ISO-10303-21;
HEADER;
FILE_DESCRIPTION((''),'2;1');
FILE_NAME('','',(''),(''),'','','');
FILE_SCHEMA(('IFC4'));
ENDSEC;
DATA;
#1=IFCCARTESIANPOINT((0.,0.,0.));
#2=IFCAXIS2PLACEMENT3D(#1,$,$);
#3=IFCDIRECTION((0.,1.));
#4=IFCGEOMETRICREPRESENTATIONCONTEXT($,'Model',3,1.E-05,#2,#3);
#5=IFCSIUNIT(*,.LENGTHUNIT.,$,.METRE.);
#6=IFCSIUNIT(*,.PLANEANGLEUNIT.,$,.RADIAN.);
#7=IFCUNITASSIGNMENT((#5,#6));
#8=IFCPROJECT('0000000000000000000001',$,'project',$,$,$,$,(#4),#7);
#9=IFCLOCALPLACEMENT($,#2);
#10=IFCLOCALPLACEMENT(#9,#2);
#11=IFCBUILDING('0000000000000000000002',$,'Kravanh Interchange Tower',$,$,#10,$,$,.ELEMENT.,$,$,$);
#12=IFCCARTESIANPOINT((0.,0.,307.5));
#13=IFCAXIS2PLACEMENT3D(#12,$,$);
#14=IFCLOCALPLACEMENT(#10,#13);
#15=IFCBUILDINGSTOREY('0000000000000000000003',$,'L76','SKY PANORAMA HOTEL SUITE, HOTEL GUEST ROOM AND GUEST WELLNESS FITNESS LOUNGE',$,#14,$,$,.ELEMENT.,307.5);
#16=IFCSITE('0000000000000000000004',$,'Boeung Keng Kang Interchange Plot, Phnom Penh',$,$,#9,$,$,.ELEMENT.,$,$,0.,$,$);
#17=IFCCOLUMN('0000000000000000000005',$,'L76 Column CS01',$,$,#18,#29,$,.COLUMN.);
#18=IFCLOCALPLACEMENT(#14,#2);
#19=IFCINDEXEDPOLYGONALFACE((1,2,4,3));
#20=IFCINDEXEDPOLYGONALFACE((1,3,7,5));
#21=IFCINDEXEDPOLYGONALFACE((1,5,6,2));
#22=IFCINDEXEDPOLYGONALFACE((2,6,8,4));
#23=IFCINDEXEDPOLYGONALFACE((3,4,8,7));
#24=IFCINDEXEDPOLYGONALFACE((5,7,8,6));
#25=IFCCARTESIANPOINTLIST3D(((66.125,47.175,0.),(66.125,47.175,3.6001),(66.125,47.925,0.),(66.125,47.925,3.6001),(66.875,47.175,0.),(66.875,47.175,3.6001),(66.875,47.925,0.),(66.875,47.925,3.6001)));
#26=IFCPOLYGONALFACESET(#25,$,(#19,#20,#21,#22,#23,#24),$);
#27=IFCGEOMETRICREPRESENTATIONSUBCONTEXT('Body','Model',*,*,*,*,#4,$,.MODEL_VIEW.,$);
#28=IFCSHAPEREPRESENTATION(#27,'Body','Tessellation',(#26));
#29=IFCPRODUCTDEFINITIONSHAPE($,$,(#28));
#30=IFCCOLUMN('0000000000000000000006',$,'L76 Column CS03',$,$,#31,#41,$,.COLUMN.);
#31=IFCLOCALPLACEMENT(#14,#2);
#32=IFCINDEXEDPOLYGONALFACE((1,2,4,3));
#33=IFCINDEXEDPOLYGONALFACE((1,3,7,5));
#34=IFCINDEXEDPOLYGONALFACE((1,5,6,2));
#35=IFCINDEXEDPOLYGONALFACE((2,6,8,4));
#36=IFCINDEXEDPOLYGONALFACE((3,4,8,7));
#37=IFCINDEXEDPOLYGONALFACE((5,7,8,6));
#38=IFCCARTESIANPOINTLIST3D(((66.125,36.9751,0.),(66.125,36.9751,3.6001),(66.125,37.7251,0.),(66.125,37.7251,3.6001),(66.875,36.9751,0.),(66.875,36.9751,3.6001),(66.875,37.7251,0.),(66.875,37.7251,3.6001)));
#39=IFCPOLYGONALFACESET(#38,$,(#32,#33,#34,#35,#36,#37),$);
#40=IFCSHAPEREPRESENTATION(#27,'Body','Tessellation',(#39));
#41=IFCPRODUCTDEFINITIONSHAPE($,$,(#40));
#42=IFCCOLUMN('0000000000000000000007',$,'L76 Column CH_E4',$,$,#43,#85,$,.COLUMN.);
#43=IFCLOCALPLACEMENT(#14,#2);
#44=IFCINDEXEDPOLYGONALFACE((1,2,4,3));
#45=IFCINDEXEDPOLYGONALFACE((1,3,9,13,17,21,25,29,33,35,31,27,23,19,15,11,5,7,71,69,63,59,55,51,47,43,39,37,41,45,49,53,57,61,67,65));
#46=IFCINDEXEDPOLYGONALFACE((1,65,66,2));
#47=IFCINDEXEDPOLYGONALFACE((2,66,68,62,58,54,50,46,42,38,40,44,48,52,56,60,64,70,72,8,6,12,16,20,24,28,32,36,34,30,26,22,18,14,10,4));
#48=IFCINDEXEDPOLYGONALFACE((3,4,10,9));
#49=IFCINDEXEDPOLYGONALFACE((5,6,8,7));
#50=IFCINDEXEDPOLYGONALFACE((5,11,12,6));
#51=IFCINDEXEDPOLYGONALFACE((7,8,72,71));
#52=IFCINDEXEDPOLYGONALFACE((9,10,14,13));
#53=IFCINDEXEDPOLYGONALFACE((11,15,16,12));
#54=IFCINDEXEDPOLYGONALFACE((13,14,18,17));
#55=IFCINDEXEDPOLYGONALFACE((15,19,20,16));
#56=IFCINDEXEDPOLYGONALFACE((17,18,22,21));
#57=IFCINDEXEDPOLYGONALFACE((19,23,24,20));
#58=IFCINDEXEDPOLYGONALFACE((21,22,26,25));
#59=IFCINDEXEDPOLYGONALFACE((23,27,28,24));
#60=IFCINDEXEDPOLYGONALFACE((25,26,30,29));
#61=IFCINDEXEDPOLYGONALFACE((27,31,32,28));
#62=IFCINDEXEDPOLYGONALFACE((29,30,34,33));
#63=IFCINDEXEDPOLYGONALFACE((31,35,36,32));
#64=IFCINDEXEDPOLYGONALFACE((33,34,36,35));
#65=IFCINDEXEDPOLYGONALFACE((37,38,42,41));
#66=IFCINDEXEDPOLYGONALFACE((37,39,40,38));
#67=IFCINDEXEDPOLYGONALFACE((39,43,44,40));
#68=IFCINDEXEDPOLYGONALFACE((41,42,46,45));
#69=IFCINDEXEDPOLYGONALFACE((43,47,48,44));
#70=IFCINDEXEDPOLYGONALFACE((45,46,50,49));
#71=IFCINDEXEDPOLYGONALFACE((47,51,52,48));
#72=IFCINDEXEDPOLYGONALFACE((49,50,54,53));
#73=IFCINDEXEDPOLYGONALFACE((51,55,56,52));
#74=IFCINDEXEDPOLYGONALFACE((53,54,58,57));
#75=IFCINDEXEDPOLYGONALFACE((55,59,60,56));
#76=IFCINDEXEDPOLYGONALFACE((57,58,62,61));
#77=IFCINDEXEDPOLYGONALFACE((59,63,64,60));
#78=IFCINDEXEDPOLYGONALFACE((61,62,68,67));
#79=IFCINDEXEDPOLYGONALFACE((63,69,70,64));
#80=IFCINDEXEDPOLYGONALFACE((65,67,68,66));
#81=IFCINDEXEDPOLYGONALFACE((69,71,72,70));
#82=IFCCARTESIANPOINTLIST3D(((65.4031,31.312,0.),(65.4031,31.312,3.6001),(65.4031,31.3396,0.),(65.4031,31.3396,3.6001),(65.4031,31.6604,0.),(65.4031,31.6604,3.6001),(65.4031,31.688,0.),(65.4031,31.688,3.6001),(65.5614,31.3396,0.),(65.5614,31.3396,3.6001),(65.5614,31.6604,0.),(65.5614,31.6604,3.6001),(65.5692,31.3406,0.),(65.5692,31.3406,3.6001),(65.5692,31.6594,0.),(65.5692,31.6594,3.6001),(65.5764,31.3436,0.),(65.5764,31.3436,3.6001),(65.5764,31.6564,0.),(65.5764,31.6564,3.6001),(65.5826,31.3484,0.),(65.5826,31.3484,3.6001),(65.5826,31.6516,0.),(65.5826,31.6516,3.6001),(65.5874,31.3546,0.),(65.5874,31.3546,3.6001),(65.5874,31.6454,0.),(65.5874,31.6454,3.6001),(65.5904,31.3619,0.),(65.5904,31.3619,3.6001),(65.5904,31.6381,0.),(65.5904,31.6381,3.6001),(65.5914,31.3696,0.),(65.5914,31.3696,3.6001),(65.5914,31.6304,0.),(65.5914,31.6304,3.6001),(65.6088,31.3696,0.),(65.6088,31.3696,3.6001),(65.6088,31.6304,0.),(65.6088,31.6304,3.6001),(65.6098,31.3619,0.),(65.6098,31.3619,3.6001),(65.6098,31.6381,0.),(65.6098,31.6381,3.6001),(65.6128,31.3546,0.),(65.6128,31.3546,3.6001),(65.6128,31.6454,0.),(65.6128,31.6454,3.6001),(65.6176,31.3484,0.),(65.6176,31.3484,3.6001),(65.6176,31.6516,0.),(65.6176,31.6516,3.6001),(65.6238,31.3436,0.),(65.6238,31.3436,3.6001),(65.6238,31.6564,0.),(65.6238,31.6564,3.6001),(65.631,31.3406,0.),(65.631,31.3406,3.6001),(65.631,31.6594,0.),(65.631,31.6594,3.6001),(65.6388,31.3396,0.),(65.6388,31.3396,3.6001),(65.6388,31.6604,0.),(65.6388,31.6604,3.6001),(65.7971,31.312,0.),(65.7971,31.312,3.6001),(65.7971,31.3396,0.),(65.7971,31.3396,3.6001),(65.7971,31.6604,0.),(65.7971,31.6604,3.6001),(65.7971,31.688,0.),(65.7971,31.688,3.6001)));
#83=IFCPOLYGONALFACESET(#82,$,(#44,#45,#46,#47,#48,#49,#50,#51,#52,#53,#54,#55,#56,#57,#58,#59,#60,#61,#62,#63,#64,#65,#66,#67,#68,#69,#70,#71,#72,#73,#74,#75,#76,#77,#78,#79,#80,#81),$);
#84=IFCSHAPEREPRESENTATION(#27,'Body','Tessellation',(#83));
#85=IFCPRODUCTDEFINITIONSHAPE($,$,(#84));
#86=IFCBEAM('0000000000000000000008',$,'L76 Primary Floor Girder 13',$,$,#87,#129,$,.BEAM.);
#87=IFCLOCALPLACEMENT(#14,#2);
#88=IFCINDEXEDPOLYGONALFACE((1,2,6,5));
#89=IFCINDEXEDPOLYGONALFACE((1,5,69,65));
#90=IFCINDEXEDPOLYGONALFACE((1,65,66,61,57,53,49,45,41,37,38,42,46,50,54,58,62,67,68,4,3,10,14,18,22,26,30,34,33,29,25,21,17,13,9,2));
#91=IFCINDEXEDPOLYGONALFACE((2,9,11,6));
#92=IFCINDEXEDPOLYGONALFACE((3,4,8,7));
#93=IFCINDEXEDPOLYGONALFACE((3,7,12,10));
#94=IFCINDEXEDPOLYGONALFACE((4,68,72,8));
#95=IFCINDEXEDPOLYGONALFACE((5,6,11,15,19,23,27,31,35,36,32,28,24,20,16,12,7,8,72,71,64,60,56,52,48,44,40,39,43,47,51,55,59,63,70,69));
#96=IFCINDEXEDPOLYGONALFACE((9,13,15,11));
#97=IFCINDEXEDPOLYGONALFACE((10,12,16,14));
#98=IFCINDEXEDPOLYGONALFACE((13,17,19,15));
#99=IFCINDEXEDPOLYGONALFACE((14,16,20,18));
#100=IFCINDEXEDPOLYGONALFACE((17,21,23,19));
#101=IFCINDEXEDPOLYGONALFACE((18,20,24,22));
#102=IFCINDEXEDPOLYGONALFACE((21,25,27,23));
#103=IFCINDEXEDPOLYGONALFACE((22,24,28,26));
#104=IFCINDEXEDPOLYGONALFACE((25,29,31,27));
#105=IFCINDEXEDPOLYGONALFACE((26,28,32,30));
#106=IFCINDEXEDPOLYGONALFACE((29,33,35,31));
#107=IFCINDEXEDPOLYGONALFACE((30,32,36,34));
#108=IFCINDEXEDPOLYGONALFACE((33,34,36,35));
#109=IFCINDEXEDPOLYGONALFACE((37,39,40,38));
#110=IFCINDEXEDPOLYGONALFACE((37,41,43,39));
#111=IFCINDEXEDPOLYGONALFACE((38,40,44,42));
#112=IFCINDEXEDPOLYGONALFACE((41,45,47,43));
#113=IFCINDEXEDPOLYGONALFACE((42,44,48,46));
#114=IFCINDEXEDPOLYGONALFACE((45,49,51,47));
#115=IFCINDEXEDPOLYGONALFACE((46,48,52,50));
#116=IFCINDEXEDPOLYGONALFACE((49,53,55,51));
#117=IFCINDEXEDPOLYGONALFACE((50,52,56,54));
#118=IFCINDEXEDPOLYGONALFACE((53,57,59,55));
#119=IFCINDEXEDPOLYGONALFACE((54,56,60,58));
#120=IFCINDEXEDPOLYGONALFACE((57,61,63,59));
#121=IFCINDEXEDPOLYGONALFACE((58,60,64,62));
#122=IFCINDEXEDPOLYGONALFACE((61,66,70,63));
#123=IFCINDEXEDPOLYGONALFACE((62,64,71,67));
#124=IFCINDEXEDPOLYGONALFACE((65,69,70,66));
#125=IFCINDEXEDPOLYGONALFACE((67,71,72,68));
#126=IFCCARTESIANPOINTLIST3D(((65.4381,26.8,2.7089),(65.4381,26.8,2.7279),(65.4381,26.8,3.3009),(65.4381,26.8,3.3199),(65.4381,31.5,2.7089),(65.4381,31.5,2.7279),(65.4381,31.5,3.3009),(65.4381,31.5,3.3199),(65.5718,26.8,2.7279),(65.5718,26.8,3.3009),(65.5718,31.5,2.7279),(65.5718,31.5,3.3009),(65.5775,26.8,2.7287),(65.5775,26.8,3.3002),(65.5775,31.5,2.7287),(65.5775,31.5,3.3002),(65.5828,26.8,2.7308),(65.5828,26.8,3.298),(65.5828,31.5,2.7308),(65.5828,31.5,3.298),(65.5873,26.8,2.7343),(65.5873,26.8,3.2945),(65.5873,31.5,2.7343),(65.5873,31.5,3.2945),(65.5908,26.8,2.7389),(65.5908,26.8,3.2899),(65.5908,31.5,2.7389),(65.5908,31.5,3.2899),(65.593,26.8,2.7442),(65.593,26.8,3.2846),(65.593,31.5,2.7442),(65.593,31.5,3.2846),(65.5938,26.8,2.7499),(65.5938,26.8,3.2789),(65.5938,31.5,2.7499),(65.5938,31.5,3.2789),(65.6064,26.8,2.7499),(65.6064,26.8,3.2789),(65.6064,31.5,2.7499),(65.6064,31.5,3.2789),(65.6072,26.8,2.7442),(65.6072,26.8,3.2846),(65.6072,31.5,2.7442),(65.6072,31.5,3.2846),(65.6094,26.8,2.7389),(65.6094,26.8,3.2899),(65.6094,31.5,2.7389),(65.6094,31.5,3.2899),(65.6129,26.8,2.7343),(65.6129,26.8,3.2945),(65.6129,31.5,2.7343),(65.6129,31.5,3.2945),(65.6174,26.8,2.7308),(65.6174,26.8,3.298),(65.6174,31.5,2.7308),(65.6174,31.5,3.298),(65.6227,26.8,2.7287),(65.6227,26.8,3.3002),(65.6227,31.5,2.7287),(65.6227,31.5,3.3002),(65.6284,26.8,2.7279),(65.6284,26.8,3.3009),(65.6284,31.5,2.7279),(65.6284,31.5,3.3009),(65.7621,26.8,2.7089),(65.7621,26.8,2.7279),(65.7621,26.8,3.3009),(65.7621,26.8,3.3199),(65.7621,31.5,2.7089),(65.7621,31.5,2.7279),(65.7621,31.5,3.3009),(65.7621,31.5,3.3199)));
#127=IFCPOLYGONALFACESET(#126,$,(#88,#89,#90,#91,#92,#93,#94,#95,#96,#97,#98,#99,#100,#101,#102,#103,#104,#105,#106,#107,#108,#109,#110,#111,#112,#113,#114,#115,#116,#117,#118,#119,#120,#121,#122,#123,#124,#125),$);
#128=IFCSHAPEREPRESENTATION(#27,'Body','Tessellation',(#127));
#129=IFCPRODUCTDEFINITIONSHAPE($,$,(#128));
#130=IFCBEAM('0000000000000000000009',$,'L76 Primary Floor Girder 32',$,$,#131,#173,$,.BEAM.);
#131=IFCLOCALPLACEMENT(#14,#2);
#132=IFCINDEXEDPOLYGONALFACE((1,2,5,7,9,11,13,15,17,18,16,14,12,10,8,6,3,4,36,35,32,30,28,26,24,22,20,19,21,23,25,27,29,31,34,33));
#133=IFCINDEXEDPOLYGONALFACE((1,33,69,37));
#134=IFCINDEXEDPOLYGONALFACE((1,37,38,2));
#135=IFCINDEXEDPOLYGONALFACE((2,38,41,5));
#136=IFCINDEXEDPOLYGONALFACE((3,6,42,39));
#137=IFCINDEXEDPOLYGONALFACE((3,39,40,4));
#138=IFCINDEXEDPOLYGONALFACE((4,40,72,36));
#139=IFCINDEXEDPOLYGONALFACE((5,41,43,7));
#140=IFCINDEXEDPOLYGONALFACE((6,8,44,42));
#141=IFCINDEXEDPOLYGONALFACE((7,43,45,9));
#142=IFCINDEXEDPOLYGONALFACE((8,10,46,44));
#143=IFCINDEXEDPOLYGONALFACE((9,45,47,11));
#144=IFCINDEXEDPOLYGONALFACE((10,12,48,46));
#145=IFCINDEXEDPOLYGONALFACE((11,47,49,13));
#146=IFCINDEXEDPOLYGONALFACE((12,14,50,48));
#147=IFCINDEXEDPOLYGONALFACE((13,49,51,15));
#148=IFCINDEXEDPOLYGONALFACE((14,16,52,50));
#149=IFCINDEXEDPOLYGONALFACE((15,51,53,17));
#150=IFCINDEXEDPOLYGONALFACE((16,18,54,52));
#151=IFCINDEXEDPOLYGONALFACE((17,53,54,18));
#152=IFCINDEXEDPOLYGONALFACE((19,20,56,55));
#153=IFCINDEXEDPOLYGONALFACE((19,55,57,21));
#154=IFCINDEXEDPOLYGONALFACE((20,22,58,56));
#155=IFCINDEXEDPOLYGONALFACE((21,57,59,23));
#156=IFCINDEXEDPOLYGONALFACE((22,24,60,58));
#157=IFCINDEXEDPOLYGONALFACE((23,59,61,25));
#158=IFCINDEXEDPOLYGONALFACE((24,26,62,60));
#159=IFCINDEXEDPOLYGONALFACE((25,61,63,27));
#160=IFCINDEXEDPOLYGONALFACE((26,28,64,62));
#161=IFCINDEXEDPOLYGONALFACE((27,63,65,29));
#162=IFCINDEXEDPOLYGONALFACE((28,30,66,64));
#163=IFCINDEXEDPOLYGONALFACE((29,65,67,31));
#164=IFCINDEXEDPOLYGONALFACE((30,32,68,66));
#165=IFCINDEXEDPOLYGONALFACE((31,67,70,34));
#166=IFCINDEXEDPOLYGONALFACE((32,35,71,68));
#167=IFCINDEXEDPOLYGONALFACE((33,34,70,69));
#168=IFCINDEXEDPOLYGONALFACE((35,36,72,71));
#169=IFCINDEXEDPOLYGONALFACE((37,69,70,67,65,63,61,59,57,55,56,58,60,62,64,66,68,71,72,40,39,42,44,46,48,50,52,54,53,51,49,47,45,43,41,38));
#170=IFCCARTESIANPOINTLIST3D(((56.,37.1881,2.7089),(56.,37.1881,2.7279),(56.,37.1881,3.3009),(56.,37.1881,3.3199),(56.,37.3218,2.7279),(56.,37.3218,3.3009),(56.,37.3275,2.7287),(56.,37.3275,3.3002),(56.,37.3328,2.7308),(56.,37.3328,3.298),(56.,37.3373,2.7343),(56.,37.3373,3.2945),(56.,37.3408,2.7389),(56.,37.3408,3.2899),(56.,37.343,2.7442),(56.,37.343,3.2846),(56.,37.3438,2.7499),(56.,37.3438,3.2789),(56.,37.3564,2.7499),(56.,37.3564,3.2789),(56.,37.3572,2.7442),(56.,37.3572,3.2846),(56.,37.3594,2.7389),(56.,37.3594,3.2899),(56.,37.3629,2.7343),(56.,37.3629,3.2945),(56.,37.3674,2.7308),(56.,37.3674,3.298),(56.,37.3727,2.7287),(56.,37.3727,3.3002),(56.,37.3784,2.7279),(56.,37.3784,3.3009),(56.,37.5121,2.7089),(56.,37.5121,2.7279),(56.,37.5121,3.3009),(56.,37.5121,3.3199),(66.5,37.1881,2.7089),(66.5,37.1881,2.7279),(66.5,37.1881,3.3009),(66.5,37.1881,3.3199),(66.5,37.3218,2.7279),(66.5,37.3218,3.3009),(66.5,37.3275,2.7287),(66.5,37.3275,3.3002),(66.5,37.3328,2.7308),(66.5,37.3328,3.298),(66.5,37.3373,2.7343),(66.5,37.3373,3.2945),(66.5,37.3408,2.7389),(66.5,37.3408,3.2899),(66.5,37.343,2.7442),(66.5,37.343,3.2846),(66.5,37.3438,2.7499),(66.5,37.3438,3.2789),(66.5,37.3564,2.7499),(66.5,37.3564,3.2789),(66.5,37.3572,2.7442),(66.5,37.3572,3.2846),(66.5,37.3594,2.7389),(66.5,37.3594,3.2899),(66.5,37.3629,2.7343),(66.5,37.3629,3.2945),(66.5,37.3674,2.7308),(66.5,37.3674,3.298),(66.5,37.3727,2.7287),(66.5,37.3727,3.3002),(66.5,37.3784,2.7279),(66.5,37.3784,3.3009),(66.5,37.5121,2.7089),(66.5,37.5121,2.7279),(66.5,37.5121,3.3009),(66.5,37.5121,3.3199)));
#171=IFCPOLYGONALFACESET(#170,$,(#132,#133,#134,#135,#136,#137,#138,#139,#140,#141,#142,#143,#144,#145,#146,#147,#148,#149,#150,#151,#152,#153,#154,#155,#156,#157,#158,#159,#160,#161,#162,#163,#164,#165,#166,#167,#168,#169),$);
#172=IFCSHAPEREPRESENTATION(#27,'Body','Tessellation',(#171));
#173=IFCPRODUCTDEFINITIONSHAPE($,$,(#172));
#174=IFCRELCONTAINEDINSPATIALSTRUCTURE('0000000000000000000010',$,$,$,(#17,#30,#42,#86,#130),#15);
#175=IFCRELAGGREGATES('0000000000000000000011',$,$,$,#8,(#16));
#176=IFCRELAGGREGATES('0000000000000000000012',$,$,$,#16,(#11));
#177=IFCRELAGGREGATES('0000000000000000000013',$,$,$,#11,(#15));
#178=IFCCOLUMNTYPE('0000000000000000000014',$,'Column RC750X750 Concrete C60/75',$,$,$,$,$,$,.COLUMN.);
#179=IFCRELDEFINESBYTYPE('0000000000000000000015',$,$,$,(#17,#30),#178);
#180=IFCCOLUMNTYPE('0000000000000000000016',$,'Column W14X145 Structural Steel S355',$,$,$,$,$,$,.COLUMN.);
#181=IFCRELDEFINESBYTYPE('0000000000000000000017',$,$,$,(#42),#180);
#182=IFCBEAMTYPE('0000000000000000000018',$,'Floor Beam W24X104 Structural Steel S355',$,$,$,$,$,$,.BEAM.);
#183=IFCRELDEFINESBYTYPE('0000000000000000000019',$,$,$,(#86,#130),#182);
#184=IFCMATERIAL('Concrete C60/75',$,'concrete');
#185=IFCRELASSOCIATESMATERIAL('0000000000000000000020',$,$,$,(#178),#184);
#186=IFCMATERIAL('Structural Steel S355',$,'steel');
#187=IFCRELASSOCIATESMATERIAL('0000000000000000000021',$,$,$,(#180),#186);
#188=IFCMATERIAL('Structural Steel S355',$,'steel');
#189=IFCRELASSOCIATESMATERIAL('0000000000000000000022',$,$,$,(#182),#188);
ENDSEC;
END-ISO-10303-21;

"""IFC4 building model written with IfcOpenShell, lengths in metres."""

from ifc_helpers import new_model, si_unit, direction, frame, origin, origin_2d, place, context, subcontext, project, spatial, rectangle, i_section, extrude, material, material_profile, profile_set, type_object, element, save


model = new_model("IFC4")

# Units and contexts
model_context = context("Model", 3, precision=1e-05, world=origin(), true_north=direction((0.0, 1.0)))
body_context = subcontext(model_context, "Body", "Model", "MODEL_VIEW")
ifc_project = project(units=[si_unit("LENGTHUNIT", "METRE"), si_unit("PLANEANGLEUNIT", "RADIAN")], contexts=[model_context])

# Site, building, storey
site_placement = place(None, origin())
site = spatial("IfcSite", under=ifc_project, at=site_placement, Name="Boeung Keng Kang Interchange Plot, Phnom Penh", CompositionType="ELEMENT", RefElevation=0.0)
building_placement = place(site_placement, origin())
building = spatial("IfcBuilding", under=site, at=building_placement, Name="Kravanh Interchange Tower", CompositionType="ELEMENT")
storey_placement = place(building_placement, frame((0.0, 0.0, 307.5)))
storey = spatial("IfcBuildingStorey", under=building, at=storey_placement, Name="L76", Description="SKY PANORAMA HOTEL SUITE, HOTEL GUEST ROOM AND GUEST WELLNESS FITNESS LOUNGE", CompositionType="ELEMENT", Elevation=307.5)

# Columns
ifc_material_1 = material(Name="Concrete C60/75", Category="concrete")
ifc_material_profile_1 = material_profile(ifc_material_1, rectangle(XDim=0.75, YDim=0.75, at=origin_2d()), Name="RC750X750")
ifc_profile_set_1 = profile_set([ifc_material_profile_1], Name="Concrete C60/75")
column_type_1 = type_object("IfcColumnType", Name="Column RC750X750 Concrete C60/75", PredefinedType="COLUMN", material=ifc_profile_set_1)
for number, where, z_axis, x_axis, name in (
    (1, (66.5, 47.55, 0.0), (0.0, 0.0, 1.0), (1.0, 0.0, 0.0), "L76 Column CS01"),
    (2, (66.5, 37.3501, 0.0), (0.0, 0.0, 1.0), (1.0, 0.0, 0.0), "L76 Column CS03"),
):
    element("IfcColumn", number, at=place(storey_placement, frame(where, z_axis=z_axis, x_axis=x_axis)), inside=storey, type_object=column_type_1, Name=name, PredefinedType="COLUMN", context=body_context, shape_type="SweptSolid", body=[
        extrude(rectangle(XDim=0.75, YDim=0.75, at=origin_2d()), origin(), (0.0, 0.0, 1.0), 3.6001),
    ])
ifc_material_2 = material(Name="Structural Steel S355", Category="steel")
ifc_material_profile_2 = material_profile(ifc_material_2, i_section(OverallWidth=0.394, OverallDepth=0.376, WebThickness=0.0173, FlangeThickness=0.0276, FilletRadius=0.03, at=origin_2d()), Name="W14X145")
ifc_profile_set_2 = profile_set([ifc_material_profile_2], Name="Structural Steel S355")
column_type_2 = type_object("IfcColumnType", Name="Column W14X145 Structural Steel S355", PredefinedType="COLUMN", material=ifc_profile_set_2)
column_placement = place(storey_placement, frame((65.6001, 31.5, 0.0), z_axis=(0.0, 0.0, 1.0), x_axis=(1.0, 0.0, 0.0)))
element("IfcColumn", 3, at=column_placement, inside=storey, type_object=column_type_2, Name="L76 Column CH_E4", PredefinedType="COLUMN", context=body_context, shape_type="SweptSolid", body=[
    extrude(i_section(OverallWidth=0.394, OverallDepth=0.376, WebThickness=0.0173, FlangeThickness=0.0276, FilletRadius=0.03, at=origin_2d()), origin(), (0.0, 0.0, 1.0), 3.6001),
])

# Beams
ifc_material_3 = material(Name="Structural Steel S355", Category="steel")
ifc_material_profile_3 = material_profile(ifc_material_3, i_section(OverallWidth=0.324, OverallDepth=0.6111, WebThickness=0.0127, FlangeThickness=0.019, FilletRadius=0.022, at=origin_2d()), Name="W24X104")
ifc_profile_set_3 = profile_set([ifc_material_profile_3], Name="Structural Steel S355")
beam_type_1 = type_object("IfcBeamType", Name="Floor Beam W24X104 Structural Steel S355", PredefinedType="BEAM", material=ifc_profile_set_3)
beam_1_placement = place(storey_placement, frame((65.6001, 31.5, 3.0144), z_axis=(0.0, -1.0, 0.0), x_axis=(1.0, 0.0, 0.0)))
element("IfcBeam", 4, at=beam_1_placement, inside=storey, type_object=beam_type_1, Name="L76 Primary Floor Girder 13", PredefinedType="BEAM", context=body_context, shape_type="SweptSolid", body=[
    extrude(i_section(OverallWidth=0.324, OverallDepth=0.6111, WebThickness=0.0127, FlangeThickness=0.019, FilletRadius=0.022, at=origin_2d()), origin(), (0.0, 0.0, 1.0), 4.7),
])
beam_2_placement = place(storey_placement, frame((66.5, 37.3501, 3.0144), z_axis=(-1.0, 0.0, 0.0), x_axis=(0.0, -1.0, 0.0)))
element("IfcBeam", 5, at=beam_2_placement, inside=storey, type_object=beam_type_1, Name="L76 Primary Floor Girder 32", PredefinedType="BEAM", context=body_context, shape_type="SweptSolid", body=[
    extrude(i_section(OverallWidth=0.324, OverallDepth=0.6111, WebThickness=0.0127, FlangeThickness=0.019, FilletRadius=0.022, at=origin_2d()), origin(), (0.0, 0.0, 1.0), 10.5),
])

save(model, "model.ifc")
